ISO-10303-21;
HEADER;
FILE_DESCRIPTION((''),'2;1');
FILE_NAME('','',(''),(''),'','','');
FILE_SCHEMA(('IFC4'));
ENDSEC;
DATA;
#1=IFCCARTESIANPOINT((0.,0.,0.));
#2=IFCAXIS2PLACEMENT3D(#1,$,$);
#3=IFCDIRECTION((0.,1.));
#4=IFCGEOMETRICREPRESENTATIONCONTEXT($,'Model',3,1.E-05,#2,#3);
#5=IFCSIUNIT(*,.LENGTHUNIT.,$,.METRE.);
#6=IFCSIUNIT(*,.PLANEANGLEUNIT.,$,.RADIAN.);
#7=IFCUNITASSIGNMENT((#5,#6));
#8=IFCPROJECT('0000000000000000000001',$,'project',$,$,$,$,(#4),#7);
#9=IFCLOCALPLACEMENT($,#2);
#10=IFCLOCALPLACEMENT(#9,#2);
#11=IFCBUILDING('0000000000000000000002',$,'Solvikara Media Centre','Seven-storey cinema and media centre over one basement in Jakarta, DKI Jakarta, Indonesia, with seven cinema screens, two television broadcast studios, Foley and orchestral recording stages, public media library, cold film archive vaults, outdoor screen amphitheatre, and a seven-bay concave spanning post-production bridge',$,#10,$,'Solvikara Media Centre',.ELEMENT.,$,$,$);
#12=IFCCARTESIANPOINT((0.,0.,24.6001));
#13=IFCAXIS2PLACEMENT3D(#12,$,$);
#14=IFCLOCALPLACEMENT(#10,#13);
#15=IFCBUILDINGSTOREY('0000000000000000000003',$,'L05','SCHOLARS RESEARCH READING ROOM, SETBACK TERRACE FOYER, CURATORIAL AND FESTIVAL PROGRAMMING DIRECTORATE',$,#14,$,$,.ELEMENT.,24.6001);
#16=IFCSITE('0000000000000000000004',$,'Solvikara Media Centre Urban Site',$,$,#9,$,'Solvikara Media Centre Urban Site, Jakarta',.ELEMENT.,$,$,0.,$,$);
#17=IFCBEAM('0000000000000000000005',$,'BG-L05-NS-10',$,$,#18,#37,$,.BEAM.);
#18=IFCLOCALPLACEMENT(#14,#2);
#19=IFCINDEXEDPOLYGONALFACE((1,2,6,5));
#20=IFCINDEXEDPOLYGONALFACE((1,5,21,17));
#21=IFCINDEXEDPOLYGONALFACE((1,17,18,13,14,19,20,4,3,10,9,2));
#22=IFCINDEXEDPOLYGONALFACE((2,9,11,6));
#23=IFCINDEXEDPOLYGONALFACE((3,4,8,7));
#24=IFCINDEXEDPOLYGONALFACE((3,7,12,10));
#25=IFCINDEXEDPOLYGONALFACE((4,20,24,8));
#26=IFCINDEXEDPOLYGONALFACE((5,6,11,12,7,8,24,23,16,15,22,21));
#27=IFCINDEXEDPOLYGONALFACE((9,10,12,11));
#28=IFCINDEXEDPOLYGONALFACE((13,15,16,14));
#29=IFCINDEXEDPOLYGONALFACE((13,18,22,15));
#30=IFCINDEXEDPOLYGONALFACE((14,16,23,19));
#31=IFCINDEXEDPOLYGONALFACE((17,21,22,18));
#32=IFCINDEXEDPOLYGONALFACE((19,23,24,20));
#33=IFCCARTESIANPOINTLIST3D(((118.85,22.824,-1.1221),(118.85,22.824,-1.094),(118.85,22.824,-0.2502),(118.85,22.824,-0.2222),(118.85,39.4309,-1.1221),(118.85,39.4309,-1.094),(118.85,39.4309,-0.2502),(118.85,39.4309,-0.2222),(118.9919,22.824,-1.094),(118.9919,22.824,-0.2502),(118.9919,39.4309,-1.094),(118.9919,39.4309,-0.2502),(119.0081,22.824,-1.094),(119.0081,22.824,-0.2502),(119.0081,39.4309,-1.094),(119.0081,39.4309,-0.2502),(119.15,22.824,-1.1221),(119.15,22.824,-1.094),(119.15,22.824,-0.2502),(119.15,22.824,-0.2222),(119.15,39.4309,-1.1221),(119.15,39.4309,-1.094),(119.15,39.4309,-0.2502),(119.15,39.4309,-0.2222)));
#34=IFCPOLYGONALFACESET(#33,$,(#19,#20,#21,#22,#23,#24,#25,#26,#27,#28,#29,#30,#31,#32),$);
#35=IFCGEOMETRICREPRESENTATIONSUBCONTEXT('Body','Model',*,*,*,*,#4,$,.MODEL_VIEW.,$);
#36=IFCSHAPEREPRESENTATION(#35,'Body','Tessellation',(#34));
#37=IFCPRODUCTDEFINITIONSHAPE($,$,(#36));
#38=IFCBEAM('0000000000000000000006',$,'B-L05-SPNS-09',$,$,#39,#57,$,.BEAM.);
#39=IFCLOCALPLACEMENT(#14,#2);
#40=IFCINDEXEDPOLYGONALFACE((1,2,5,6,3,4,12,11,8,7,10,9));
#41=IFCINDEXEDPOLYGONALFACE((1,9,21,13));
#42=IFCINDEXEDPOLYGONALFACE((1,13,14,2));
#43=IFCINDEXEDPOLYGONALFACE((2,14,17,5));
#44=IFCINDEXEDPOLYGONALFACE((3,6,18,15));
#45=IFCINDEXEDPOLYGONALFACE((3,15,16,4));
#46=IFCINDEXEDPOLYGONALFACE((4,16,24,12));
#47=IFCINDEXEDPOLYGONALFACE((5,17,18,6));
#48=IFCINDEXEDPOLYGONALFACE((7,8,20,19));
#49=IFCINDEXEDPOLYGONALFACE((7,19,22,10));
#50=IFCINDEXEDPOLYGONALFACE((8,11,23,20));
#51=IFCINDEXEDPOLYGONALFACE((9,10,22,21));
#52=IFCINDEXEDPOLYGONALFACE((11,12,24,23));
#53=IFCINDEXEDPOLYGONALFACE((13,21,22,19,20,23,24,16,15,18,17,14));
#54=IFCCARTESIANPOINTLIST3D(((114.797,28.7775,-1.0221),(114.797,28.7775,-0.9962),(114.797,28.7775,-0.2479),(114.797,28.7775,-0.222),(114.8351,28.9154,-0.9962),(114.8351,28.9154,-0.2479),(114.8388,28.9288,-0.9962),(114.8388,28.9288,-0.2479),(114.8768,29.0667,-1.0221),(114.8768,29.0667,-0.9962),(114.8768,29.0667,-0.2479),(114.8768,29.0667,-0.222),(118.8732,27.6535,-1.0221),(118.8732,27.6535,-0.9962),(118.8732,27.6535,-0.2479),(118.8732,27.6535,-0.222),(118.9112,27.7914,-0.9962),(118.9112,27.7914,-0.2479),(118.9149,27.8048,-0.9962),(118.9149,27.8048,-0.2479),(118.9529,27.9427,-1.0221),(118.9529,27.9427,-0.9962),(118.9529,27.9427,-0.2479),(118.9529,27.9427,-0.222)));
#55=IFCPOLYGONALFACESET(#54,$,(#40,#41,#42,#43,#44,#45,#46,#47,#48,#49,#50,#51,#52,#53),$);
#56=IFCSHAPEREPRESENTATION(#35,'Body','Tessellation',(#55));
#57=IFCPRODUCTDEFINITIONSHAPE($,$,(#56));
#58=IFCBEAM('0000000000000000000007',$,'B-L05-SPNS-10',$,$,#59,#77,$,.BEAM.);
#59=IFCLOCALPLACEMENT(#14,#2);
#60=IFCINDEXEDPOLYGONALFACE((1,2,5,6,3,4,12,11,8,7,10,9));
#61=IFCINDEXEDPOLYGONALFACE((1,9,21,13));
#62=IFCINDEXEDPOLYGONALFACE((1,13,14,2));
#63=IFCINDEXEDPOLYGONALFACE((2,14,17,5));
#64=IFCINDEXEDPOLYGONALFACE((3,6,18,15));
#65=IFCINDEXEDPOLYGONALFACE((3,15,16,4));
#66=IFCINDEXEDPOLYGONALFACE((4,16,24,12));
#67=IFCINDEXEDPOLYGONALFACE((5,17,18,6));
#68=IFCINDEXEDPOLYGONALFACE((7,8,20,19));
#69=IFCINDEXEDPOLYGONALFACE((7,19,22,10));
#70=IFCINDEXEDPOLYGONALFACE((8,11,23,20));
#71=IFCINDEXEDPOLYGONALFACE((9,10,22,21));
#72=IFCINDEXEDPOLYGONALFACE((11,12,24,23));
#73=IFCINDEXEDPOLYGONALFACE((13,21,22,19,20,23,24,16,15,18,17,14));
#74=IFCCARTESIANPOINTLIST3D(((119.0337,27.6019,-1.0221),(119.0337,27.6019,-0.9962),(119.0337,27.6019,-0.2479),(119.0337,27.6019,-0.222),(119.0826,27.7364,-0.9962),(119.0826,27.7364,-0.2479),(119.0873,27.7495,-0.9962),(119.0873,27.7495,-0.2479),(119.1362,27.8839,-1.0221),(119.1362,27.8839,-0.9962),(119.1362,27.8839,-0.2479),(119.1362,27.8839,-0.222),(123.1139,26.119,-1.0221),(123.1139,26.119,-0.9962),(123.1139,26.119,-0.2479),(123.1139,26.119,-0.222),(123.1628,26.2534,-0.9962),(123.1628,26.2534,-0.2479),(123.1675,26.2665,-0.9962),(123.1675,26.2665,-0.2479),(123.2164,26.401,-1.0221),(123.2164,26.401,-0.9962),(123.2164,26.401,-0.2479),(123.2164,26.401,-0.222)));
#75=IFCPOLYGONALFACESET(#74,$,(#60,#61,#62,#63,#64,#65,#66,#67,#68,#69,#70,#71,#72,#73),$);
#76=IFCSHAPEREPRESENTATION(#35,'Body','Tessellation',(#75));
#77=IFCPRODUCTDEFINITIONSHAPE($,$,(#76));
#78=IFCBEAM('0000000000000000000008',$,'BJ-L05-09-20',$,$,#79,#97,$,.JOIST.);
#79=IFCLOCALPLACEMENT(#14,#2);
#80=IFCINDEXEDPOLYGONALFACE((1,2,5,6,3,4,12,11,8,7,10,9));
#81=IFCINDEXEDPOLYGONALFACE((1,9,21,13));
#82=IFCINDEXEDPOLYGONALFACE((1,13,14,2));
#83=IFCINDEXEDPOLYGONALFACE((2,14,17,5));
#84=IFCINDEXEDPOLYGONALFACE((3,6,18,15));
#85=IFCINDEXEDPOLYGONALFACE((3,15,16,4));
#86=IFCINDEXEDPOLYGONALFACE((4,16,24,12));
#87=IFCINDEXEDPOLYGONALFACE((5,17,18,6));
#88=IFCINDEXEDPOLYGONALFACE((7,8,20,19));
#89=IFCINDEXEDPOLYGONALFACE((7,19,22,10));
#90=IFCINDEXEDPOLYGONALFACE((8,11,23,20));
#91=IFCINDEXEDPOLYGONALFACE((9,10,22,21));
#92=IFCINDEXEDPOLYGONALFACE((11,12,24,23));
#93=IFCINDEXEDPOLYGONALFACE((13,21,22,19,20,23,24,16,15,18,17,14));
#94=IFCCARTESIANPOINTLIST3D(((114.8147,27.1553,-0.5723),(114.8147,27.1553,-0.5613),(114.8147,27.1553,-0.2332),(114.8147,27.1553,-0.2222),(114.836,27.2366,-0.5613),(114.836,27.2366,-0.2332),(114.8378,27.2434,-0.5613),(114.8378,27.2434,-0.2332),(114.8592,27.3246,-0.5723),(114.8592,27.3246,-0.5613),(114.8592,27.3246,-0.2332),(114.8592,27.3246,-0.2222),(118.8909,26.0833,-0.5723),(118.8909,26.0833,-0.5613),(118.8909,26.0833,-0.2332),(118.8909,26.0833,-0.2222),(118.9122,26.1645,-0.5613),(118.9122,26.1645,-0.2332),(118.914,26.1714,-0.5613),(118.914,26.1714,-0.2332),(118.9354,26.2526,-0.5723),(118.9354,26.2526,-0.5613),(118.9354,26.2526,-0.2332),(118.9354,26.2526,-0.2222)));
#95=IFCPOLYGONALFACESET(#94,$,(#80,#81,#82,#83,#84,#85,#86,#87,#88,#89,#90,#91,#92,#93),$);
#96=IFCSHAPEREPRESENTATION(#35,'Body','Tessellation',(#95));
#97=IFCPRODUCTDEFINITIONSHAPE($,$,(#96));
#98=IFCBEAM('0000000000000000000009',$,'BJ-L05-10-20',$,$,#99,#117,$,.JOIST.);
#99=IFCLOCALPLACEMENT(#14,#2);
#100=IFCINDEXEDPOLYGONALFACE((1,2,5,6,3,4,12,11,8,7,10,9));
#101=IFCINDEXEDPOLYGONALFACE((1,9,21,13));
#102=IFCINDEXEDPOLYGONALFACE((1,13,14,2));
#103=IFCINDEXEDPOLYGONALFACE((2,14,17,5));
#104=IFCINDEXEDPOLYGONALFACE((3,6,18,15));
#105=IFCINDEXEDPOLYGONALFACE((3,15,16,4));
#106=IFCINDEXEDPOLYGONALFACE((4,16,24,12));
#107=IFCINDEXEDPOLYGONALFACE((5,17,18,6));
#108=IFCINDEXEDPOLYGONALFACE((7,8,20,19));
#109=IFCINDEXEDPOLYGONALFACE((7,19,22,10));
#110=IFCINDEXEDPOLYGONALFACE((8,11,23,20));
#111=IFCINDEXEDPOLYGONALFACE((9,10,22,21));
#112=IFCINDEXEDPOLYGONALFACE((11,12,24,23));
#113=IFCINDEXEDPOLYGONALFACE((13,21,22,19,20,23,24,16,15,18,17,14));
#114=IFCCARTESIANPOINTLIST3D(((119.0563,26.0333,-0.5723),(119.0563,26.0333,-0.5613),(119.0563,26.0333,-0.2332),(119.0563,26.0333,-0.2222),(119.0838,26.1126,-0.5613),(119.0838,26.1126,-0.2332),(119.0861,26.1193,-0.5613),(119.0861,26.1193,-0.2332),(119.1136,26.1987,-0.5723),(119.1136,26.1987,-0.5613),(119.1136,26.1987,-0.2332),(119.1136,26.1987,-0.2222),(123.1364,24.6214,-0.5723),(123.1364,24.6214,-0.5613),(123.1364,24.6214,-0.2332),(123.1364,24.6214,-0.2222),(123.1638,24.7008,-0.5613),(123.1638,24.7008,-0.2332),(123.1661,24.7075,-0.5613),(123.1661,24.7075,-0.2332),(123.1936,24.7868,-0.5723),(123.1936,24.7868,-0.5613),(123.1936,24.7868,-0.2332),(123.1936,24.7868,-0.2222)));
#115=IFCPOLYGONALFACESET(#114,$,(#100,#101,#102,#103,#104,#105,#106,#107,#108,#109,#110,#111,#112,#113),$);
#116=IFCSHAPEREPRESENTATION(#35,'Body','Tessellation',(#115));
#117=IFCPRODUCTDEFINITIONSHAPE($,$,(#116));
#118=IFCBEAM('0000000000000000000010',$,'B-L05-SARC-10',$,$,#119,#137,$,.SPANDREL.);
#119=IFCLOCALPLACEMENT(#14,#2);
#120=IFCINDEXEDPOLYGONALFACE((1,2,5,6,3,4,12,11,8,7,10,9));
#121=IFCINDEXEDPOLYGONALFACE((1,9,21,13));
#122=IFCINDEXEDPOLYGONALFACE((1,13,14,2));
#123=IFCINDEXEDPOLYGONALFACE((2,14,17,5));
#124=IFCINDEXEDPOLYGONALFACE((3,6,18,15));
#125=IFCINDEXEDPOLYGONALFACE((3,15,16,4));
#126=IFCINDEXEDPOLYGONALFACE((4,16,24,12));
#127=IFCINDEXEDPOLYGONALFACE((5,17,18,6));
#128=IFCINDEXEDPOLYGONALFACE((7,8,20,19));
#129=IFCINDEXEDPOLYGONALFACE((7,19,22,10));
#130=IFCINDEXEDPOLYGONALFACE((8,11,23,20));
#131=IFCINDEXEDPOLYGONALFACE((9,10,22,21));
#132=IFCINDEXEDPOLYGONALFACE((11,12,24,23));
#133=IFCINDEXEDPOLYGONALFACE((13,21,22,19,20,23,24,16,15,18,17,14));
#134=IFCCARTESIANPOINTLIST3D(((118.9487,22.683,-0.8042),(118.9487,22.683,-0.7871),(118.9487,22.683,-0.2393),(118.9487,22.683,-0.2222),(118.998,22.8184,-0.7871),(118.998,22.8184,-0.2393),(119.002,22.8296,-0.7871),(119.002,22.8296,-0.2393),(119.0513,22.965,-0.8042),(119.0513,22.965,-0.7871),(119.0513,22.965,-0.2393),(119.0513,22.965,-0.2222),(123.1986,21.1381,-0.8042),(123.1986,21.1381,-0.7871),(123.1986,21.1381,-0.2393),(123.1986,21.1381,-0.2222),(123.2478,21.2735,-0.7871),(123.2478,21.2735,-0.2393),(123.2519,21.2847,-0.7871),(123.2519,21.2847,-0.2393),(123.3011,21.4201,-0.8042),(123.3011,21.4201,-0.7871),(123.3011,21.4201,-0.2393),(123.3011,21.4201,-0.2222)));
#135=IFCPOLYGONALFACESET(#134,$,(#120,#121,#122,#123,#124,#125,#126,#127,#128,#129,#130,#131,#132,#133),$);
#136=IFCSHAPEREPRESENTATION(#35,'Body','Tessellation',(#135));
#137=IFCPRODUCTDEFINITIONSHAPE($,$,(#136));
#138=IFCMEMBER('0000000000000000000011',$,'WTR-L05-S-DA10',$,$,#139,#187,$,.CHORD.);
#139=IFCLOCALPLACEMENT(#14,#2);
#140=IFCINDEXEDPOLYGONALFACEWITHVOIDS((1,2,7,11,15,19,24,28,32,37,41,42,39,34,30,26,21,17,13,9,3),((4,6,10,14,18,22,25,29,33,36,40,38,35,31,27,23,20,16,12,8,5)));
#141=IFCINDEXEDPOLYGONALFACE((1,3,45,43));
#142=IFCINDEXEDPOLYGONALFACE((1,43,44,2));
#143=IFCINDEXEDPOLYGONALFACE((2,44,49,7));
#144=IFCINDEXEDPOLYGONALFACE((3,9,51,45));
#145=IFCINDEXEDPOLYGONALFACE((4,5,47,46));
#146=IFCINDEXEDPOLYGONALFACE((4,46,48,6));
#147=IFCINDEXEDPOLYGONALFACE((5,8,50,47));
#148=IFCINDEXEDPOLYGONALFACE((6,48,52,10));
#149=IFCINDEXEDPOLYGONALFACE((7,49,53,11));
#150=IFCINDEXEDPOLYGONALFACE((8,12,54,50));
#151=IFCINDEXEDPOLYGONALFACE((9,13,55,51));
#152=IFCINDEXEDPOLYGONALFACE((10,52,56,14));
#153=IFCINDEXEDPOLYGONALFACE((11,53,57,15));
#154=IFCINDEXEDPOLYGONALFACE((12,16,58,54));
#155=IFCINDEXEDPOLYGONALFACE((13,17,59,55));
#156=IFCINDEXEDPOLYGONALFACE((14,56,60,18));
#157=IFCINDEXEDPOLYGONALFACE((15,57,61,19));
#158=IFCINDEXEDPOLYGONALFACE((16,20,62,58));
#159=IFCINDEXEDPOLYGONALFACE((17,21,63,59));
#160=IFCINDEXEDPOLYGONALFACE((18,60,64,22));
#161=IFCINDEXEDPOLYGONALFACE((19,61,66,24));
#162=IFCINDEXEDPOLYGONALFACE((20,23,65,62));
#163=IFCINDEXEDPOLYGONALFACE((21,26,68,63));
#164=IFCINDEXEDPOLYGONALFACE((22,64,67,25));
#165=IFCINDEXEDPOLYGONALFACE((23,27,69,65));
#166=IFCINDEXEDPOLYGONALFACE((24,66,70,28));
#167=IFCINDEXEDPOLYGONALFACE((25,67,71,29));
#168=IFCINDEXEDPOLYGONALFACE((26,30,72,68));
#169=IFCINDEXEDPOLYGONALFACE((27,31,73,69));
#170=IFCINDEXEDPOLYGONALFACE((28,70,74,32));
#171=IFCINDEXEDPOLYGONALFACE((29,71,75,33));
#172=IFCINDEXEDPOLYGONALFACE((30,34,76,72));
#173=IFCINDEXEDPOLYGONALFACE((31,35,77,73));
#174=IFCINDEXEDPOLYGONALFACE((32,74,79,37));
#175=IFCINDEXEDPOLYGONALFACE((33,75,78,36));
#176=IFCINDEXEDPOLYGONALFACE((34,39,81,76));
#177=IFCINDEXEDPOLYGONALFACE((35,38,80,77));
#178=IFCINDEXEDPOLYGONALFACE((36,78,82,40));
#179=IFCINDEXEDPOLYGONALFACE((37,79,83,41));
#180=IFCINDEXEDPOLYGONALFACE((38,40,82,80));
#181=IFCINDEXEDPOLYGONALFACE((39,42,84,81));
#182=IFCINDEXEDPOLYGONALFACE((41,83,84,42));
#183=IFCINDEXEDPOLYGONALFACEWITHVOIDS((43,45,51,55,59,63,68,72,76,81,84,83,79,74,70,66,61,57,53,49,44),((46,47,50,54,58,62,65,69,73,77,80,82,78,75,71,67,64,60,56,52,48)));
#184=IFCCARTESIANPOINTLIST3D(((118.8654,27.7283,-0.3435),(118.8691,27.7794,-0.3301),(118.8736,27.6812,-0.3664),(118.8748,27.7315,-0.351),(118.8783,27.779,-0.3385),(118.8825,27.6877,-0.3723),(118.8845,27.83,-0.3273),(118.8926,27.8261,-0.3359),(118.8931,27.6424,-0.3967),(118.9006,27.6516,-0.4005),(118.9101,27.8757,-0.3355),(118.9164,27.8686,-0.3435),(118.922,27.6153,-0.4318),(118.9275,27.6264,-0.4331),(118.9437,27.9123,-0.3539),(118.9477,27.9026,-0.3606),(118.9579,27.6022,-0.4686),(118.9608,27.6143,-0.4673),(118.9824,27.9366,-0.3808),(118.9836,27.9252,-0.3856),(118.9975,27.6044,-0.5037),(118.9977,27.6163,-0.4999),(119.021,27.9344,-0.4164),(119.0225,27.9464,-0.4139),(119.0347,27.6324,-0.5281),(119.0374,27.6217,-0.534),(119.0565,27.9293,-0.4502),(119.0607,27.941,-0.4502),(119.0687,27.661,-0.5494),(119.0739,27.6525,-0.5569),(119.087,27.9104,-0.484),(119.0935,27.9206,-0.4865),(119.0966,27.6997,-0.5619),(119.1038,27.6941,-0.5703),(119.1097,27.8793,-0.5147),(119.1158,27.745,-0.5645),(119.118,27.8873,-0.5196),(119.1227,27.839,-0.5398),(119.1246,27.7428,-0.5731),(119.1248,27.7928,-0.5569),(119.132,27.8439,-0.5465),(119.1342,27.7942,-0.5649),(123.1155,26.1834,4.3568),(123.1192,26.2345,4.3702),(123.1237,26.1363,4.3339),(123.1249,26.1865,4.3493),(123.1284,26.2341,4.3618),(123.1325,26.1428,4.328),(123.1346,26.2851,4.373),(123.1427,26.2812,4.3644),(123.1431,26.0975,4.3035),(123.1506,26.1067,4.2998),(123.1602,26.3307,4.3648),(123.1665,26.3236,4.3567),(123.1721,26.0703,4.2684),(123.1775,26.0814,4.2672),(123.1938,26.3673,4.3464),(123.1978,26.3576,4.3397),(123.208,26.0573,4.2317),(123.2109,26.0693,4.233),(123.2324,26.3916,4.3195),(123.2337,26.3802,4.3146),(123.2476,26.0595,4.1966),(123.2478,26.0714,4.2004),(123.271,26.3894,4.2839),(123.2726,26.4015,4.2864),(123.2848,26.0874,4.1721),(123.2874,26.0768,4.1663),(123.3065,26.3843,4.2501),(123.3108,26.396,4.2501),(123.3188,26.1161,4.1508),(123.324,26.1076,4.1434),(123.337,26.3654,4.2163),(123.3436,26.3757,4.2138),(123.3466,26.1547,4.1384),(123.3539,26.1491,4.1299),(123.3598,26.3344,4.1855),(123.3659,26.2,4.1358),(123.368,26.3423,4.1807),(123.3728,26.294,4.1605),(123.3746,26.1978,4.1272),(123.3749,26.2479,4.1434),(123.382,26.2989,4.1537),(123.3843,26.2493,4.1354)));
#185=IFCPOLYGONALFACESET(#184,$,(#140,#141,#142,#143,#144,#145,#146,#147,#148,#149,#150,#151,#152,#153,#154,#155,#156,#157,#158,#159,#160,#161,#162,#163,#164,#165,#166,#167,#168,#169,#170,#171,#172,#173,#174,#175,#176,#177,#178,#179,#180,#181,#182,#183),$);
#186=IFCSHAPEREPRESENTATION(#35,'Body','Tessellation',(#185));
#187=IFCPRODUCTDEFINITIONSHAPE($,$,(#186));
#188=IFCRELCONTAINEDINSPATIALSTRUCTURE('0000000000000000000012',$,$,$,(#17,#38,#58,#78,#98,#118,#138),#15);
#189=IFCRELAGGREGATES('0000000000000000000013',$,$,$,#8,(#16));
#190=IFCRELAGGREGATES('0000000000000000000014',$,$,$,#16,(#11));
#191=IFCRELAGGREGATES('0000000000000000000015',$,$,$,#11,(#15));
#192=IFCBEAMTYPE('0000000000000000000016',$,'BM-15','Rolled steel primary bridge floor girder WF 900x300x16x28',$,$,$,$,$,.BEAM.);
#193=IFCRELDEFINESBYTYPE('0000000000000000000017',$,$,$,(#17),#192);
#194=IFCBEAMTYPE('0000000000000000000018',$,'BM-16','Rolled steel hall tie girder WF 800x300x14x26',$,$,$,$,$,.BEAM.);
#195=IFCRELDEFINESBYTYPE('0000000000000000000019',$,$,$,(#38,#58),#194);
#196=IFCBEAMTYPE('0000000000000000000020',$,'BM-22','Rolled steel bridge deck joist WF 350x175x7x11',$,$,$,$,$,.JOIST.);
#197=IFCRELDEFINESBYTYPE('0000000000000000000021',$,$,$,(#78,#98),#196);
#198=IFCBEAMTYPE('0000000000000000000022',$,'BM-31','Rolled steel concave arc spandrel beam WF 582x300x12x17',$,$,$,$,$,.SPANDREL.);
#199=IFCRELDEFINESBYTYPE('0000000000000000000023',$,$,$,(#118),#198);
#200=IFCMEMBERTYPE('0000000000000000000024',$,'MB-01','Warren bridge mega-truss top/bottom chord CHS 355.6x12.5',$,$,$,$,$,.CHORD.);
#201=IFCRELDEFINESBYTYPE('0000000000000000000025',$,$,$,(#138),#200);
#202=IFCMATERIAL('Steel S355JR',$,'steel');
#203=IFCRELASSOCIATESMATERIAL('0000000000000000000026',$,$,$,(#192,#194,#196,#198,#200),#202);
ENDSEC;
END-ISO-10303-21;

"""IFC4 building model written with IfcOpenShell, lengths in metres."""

from ifc_helpers import new_model, si_unit, direction, frame, origin, origin_2d, place, context, subcontext, project, spatial, hollow_circle, i_section, extrude, material, material_profile, profile_set, type_object, element, save


model = new_model("IFC4")

# Units and contexts
model_context = context("Model", 3, precision=1e-05, world=origin(), true_north=direction((0.0, 1.0)))
body_context = subcontext(model_context, "Body", "Model", "MODEL_VIEW")
ifc_project = project(units=[si_unit("LENGTHUNIT", "METRE"), si_unit("PLANEANGLEUNIT", "RADIAN")], contexts=[model_context])

# Site, building, storey
site_placement = place(None, origin())
site = spatial("IfcSite", under=ifc_project, at=site_placement, Name="Solvikara Media Centre Urban Site", LongName="Solvikara Media Centre Urban Site, Jakarta", CompositionType="ELEMENT", RefElevation=0.0)
building_placement = place(site_placement, origin())
building = spatial("IfcBuilding", under=site, at=building_placement, Name="Solvikara Media Centre", Description="Seven-storey cinema and media centre over one basement in Jakarta, DKI Jakarta, Indonesia, with seven cinema screens, two television broadcast studios, Foley and orchestral recording stages, public media library, cold film archive vaults, outdoor screen amphitheatre, and a seven-bay concave spanning post-production bridge", LongName="Solvikara Media Centre", CompositionType="ELEMENT")
storey_placement = place(building_placement, frame((0.0, 0.0, 24.6001)))
storey = spatial("IfcBuildingStorey", under=building, at=storey_placement, Name="L05", Description="SCHOLARS RESEARCH READING ROOM, SETBACK TERRACE FOYER, CURATORIAL AND FESTIVAL PROGRAMMING DIRECTORATE", CompositionType="ELEMENT", Elevation=24.6001)

# Beams
ifc_material_1 = material(Name="Steel S355JR", Category="steel")
ifc_material_profile_1 = material_profile(ifc_material_1, i_section(OverallWidth=0.3, OverallDepth=0.8999, WebThickness=0.0161, FlangeThickness=0.0281, at=origin_2d()), Name="WF 900x300x16x28")
ifc_profile_set_1 = profile_set([ifc_material_profile_1], Name="Steel S355JR")
beam_type_1 = type_object("IfcBeamType", Name="BM-15", Description="Rolled steel primary bridge floor girder WF 900x300x16x28", PredefinedType="BEAM", material=ifc_profile_set_1)
beam_1_placement = place(storey_placement, frame((119.0, 22.824, -0.6721), z_axis=(0.0, 1.0, 0.0), x_axis=(-1.0, 0.0, 0.0)))
element("IfcBeam", 1, at=beam_1_placement, inside=storey, type_object=beam_type_1, Name="BG-L05-NS-10", PredefinedType="BEAM", context=body_context, shape_type="SweptSolid", body=[
    extrude(i_section(OverallWidth=0.3, OverallDepth=0.8999, WebThickness=0.0161, FlangeThickness=0.0281, at=origin_2d()), origin(), (0.0, 0.0, 1.0), 16.6069),
])
ifc_material_profile_2 = material_profile(ifc_material_1, i_section(OverallWidth=0.3, OverallDepth=0.8, WebThickness=0.0139, FlangeThickness=0.0259, at=origin_2d()), Name="WF 800x300x14x26")
ifc_profile_set_2 = profile_set([ifc_material_profile_2], Name="Steel S355JR")
beam_type_2 = type_object("IfcBeamType", Name="BM-16", Description="Rolled steel hall tie girder WF 800x300x14x26", PredefinedType="BEAM", material=ifc_profile_set_2)
beam_2_placement = place(storey_placement, frame((114.8369, 28.9221, -0.6221), z_axis=(0.964019, -0.265833, 0.0), x_axis=(0.265833, 0.964019, 0.0)))
element("IfcBeam", 2, at=beam_2_placement, inside=storey, type_object=beam_type_2, Name="B-L05-SPNS-09", PredefinedType="BEAM", context=body_context, shape_type="SweptSolid", body=[
    extrude(i_section(OverallWidth=0.3, OverallDepth=0.8, WebThickness=0.0139, FlangeThickness=0.0259, at=origin_2d()), origin(), (0.0, 0.0, 1.0), 4.2283),
])
beam_3_placement = place(storey_placement, frame((119.085, 27.7429, -0.6221), z_axis=(0.939849, -0.34159, 0.0), x_axis=(0.34159, 0.939849, 0.0)))
element("IfcBeam", 3, at=beam_3_placement, inside=storey, type_object=beam_type_2, Name="B-L05-SPNS-10", PredefinedType="BEAM", context=body_context, shape_type="SweptSolid", body=[
    extrude(i_section(OverallWidth=0.3, OverallDepth=0.8, WebThickness=0.0139, FlangeThickness=0.0259, at=origin_2d()), origin(), (0.0, 0.0, 1.0), 4.3413),
])
ifc_material_profile_3 = material_profile(ifc_material_1, i_section(OverallWidth=0.175, OverallDepth=0.3501, WebThickness=0.0071, FlangeThickness=0.011, at=origin_2d()), Name="WF 350x175x7x11")
ifc_profile_set_3 = profile_set([ifc_material_profile_3], Name="Steel S355JR")
beam_type_3 = type_object("IfcBeamType", Name="BM-22", Description="Rolled steel bridge deck joist WF 350x175x7x11", PredefinedType="JOIST", material=ifc_profile_set_3)
beam_4_placement = place(storey_placement, frame((114.8369, 27.24, -0.3972), z_axis=(0.967113, -0.254348, 0.0), x_axis=(0.254348, 0.967113, 0.0)))
element("IfcBeam", 4, at=beam_4_placement, inside=storey, type_object=beam_type_3, Name="BJ-L05-09-20", PredefinedType="JOIST", context=body_context, shape_type="SweptSolid", body=[
    extrude(i_section(OverallWidth=0.175, OverallDepth=0.3501, WebThickness=0.0071, FlangeThickness=0.011, at=origin_2d()), origin(), (0.0, 0.0, 1.0), 4.2148),
])
beam_5_placement = place(storey_placement, frame((119.085, 26.116, -0.3972), z_axis=(0.94502, -0.327013, 0.0), x_axis=(0.327013, 0.94502, 0.0)))
element("IfcBeam", 5, at=beam_5_placement, inside=storey, type_object=beam_type_3, Name="BJ-L05-10-20", PredefinedType="JOIST", context=body_context, shape_type="SweptSolid", body=[
    extrude(i_section(OverallWidth=0.175, OverallDepth=0.3501, WebThickness=0.0071, FlangeThickness=0.011, at=origin_2d()), origin(), (0.0, 0.0, 1.0), 4.3174),
])
ifc_material_profile_4 = material_profile(ifc_material_1, i_section(OverallWidth=0.3, OverallDepth=0.582, WebThickness=0.012, FlangeThickness=0.0171, at=origin_2d()), Name="WF 582x300x12x17")
ifc_profile_set_4 = profile_set([ifc_material_profile_4], Name="Steel S355JR")
beam_type_4 = type_object("IfcBeamType", Name="BM-31", Description="Rolled steel concave arc spandrel beam WF 582x300x12x17", PredefinedType="SPANDREL", material=ifc_profile_set_4)
beam_6_placement = place(storey_placement, frame((119.0, 22.824, -0.5132), z_axis=(0.939831, -0.341639, 0.0), x_axis=(0.341639, 0.939831, 0.0)))
element("IfcBeam", 6, at=beam_6_placement, inside=storey, type_object=beam_type_4, Name="B-L05-SARC-10", PredefinedType="SPANDREL", context=body_context, shape_type="SweptSolid", body=[
    extrude(i_section(OverallWidth=0.3, OverallDepth=0.582, WebThickness=0.012, FlangeThickness=0.0171, at=origin_2d()), origin(), (0.0, 0.0, 1.0), 4.522),
])

# Member
ifc_material_profile_5 = material_profile(ifc_material_1, hollow_circle(Radius=0.1777, WallThickness=0.0125, at=origin_2d()), Name="CHS 355.6x12.5")
ifc_profile_set_5 = profile_set([ifc_material_profile_5], Name="Steel S355JR")
member_type_1 = type_object("IfcMemberType", Name="MB-01", Description="Warren bridge mega-truss top/bottom chord CHS 355.6x12.5", PredefinedType="CHORD", material=ifc_profile_set_5)
member_1_placement = place(storey_placement, frame((119.0, 27.7739, -0.4502), z_axis=(0.651605, -0.236866, 0.720629), x_axis=(0.341639, 0.939831, 0.0)))
element("IfcMember", 7, at=member_1_placement, inside=storey, type_object=member_type_1, Name="WTR-L05-S-DA10", PredefinedType="CHORD", context=body_context, shape_type="SweptSolid", body=[
    extrude(hollow_circle(Radius=0.1777, WallThickness=0.0125, at=origin_2d()), origin(), (0.0, 0.0, 1.0), 6.5225),
])

save(model, "model.ifc")
